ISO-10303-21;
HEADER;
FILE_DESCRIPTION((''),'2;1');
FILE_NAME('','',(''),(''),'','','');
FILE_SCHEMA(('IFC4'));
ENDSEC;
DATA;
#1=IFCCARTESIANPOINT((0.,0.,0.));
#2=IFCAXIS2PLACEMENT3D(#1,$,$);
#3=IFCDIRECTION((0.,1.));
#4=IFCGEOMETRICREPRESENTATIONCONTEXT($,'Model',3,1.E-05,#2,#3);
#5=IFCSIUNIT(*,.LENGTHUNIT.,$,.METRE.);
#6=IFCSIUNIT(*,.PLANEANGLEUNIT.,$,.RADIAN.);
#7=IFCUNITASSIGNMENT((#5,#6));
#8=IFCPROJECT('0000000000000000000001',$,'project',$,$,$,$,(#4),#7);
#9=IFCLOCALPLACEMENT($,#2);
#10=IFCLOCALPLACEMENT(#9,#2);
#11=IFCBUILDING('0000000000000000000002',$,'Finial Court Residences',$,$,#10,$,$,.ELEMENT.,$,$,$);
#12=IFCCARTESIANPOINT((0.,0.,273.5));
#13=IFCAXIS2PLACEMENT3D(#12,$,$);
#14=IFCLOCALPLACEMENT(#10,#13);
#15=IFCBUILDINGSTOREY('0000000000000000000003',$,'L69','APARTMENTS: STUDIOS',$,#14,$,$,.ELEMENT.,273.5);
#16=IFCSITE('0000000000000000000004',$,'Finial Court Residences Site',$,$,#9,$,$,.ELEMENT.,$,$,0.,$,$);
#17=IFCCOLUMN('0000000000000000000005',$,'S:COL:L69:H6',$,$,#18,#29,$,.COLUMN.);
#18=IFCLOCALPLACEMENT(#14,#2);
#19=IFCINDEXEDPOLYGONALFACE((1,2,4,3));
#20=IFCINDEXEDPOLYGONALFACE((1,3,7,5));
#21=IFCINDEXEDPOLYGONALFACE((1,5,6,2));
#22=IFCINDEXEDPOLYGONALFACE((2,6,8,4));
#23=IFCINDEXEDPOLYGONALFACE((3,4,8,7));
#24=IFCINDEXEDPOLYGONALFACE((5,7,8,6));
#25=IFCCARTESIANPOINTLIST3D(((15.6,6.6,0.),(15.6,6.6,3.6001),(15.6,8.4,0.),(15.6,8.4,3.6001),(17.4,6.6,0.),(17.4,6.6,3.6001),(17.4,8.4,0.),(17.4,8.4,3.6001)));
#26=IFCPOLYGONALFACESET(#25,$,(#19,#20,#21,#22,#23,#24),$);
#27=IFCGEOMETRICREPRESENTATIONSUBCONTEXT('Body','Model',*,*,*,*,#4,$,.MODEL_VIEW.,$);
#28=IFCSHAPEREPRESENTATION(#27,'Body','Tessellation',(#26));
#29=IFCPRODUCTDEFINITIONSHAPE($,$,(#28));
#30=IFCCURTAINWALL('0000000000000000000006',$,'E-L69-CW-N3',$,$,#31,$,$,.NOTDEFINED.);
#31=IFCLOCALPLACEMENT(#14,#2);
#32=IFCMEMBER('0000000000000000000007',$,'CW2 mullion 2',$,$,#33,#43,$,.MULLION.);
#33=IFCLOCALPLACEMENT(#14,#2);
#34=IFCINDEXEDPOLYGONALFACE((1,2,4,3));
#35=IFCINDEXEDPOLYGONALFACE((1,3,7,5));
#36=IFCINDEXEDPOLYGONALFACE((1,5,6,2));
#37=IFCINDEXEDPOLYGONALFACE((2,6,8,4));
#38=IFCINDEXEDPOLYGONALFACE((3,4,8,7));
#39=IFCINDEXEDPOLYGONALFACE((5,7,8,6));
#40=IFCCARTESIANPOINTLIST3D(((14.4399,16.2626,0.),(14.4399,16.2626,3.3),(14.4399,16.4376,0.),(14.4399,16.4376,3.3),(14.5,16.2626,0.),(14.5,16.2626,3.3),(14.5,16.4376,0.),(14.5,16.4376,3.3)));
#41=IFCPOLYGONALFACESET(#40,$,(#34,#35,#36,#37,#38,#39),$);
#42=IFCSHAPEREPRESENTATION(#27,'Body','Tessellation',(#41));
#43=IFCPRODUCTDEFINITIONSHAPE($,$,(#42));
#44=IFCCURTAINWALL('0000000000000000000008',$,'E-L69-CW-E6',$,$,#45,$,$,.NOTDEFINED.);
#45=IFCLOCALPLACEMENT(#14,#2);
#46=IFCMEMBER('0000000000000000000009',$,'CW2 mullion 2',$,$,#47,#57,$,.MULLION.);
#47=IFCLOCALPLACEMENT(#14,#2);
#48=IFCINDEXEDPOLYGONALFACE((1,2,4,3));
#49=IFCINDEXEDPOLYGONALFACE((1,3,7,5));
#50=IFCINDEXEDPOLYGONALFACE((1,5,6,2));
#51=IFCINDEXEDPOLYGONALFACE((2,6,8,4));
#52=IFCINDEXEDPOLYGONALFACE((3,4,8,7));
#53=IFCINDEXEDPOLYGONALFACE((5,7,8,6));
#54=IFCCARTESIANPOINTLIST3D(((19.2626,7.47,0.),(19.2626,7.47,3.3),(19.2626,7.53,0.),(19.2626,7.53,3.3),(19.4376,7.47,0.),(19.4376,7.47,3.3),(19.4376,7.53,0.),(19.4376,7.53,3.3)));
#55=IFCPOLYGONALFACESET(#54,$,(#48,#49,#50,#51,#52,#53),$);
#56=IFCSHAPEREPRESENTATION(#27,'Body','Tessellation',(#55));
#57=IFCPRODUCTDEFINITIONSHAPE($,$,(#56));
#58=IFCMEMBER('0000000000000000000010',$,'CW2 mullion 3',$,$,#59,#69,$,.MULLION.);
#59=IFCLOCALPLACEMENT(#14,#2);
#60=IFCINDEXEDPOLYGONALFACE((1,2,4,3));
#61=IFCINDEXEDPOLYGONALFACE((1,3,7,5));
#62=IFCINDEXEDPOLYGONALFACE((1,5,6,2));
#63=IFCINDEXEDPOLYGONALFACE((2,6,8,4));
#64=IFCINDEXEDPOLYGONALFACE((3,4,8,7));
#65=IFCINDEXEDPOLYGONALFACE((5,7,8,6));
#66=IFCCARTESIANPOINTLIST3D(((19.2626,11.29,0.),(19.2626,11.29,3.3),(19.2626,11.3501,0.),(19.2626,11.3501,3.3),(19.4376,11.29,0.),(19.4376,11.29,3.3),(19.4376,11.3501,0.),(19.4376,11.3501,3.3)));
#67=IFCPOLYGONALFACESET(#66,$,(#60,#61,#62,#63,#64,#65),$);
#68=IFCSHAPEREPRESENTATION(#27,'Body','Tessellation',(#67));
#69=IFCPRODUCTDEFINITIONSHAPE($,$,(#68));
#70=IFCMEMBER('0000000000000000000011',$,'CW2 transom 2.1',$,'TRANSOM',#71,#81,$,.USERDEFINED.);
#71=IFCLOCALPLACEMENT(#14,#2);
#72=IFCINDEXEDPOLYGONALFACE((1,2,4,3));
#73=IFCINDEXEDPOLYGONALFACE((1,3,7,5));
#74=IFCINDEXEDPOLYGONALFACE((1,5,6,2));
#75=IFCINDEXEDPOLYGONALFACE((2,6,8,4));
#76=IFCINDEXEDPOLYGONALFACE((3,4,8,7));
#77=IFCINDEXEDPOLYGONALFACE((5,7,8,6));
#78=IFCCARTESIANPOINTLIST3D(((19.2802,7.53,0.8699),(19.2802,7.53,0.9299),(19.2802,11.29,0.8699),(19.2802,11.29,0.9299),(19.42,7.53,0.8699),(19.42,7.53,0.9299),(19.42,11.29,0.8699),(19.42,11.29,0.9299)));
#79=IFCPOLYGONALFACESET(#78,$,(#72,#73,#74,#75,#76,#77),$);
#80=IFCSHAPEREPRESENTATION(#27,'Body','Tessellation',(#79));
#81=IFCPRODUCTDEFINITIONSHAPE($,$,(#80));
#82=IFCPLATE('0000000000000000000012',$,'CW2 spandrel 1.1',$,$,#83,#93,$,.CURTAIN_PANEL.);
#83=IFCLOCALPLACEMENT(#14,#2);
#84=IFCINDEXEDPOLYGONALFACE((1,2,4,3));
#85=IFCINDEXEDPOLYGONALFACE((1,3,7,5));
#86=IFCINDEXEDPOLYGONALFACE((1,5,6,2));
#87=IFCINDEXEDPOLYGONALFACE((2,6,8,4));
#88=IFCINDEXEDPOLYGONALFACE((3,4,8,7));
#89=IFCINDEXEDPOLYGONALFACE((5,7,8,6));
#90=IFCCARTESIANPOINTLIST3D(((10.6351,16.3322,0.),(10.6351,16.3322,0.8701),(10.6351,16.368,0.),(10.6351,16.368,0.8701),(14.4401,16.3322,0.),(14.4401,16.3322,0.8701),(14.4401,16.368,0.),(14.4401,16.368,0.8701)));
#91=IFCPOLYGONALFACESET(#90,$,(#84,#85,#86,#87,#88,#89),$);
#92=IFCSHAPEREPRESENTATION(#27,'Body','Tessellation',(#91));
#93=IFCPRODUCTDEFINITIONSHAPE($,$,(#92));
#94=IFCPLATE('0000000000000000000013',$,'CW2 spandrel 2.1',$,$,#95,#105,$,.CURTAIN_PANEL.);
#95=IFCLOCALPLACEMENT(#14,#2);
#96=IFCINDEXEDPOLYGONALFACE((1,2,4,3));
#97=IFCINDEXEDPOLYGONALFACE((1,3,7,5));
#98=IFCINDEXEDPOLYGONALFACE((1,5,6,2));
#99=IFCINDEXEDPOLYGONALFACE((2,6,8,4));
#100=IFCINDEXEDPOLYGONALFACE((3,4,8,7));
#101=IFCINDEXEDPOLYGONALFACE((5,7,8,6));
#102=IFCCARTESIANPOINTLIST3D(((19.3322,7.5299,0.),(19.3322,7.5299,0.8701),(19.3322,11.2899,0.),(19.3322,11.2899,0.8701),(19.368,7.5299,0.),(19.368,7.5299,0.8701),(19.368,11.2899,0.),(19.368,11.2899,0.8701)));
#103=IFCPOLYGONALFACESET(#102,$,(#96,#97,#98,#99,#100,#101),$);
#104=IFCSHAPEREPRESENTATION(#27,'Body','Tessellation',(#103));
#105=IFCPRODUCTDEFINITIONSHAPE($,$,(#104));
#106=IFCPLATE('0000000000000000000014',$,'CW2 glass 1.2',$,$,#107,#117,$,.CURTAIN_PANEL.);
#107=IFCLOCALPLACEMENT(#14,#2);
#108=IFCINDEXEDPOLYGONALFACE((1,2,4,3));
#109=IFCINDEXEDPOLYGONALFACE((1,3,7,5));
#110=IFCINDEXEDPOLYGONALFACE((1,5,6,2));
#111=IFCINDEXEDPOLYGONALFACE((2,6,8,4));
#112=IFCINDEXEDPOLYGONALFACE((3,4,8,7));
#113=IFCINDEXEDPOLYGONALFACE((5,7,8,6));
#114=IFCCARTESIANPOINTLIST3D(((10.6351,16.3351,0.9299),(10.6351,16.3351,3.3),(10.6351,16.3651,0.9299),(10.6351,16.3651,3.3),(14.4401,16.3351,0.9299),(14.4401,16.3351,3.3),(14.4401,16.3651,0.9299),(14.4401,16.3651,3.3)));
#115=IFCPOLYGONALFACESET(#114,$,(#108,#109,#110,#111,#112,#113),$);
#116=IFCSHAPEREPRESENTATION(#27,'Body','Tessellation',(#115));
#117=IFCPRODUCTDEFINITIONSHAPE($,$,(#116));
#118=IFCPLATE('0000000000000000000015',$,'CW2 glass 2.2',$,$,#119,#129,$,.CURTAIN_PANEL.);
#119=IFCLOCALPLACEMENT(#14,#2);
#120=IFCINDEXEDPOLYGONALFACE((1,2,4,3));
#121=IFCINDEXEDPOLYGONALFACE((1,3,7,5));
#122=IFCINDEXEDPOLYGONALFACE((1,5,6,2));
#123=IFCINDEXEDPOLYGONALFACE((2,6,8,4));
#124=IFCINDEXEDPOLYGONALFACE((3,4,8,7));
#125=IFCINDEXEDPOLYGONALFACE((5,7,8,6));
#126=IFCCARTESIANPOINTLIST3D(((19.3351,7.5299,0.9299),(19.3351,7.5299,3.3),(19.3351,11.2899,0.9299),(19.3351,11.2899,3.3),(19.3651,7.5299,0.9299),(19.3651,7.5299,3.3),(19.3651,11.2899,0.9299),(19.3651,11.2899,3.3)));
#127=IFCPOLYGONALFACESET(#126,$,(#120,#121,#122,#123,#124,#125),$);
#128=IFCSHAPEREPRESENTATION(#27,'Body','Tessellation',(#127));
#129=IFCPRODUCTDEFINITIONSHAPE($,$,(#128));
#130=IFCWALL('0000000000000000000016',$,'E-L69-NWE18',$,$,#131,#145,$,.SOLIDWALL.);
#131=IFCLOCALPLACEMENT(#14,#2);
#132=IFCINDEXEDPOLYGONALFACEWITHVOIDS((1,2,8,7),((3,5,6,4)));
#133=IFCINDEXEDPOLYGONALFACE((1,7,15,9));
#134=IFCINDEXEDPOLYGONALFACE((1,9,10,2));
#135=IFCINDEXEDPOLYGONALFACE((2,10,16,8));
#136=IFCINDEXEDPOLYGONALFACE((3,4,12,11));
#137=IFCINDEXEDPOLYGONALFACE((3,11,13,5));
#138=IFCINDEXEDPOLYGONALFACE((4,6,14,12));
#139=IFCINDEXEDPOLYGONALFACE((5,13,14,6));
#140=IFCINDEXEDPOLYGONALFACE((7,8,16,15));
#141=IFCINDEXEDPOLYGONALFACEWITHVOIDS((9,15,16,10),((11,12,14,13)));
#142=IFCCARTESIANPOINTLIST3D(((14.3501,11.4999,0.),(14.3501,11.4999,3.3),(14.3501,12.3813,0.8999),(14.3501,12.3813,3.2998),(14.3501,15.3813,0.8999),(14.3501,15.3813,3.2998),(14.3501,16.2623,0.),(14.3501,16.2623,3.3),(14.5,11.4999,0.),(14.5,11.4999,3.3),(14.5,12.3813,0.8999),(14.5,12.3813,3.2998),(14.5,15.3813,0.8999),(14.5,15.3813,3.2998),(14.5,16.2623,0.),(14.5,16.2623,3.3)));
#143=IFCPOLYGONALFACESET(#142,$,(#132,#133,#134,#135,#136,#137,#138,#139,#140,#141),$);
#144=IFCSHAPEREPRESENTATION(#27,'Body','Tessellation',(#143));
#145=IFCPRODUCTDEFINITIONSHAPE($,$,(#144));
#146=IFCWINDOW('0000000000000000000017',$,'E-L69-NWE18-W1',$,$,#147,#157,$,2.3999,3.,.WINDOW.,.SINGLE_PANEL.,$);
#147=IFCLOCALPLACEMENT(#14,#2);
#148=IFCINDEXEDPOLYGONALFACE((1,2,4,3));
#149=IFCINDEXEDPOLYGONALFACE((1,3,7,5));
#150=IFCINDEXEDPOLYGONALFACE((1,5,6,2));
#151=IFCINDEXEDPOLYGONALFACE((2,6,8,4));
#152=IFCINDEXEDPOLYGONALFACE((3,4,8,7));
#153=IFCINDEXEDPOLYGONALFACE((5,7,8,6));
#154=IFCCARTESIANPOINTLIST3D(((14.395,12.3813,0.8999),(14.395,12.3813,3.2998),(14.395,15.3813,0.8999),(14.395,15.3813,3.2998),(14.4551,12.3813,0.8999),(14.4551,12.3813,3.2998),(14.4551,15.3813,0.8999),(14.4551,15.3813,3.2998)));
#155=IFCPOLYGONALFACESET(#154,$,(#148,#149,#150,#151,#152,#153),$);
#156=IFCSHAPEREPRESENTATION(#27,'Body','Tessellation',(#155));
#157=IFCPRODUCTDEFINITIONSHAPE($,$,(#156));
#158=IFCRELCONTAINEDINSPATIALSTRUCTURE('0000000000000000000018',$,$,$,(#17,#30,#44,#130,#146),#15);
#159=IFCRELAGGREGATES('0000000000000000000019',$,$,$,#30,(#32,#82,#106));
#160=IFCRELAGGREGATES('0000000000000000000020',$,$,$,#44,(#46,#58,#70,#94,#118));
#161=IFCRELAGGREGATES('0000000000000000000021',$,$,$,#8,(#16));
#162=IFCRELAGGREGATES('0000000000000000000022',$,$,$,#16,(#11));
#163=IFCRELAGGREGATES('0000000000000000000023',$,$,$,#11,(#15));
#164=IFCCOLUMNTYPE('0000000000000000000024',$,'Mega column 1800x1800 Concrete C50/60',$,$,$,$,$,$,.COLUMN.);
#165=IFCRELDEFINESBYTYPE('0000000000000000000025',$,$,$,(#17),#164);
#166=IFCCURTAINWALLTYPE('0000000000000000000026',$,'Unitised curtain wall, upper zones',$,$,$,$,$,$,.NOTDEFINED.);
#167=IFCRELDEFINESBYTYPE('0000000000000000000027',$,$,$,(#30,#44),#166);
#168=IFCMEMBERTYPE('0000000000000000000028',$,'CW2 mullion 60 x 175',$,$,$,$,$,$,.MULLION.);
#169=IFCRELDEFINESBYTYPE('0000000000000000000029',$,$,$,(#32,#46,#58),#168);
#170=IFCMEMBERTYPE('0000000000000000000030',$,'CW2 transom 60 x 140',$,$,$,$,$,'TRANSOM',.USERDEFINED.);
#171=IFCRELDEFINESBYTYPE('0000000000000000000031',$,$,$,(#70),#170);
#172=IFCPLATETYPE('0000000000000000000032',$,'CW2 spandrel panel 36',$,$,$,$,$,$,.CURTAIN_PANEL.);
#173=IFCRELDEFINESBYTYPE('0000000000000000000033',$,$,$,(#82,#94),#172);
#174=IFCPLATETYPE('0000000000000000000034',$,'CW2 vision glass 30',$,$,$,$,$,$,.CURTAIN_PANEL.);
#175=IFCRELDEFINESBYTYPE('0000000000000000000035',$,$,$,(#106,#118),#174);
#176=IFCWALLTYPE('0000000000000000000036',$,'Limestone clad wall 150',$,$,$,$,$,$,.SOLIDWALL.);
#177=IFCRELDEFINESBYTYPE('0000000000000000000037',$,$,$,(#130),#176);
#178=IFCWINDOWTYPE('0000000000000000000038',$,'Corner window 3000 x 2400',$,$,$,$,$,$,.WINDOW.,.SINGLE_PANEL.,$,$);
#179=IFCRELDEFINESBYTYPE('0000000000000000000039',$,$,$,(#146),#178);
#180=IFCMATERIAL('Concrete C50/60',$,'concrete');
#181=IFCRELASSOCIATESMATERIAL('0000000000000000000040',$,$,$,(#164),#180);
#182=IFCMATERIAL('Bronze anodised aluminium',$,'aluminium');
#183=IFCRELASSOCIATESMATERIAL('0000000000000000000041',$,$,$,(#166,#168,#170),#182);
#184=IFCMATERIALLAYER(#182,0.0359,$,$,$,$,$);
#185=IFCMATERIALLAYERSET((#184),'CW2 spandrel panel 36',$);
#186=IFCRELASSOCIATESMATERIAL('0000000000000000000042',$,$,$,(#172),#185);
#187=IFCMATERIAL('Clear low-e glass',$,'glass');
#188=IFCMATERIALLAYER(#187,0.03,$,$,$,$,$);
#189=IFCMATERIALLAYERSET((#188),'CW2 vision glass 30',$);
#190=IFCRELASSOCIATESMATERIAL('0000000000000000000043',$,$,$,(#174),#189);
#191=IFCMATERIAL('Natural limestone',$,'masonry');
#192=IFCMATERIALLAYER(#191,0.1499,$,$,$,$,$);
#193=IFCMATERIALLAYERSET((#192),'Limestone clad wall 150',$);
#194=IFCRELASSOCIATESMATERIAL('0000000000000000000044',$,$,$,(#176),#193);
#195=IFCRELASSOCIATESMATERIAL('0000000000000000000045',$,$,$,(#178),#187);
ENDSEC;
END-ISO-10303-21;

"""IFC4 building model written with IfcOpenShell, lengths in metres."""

from ifc_helpers import new_model, si_unit, direction, frame, frame_2d, origin, origin_2d, place, context, subcontext, project, spatial, rectangle, extrude, material, layer, layer_set, material_profile, profile_set, type_object, element, fill, aggregate, save


model = new_model("IFC4")

# Units and contexts
model_context = context("Model", 3, precision=1e-05, world=origin(), true_north=direction((0.0, 1.0)))
body_context = subcontext(model_context, "Body", "Model", "MODEL_VIEW")
ifc_project = project(units=[si_unit("LENGTHUNIT", "METRE"), si_unit("PLANEANGLEUNIT", "RADIAN")], contexts=[model_context])

# Site, building, storey
site_placement = place(None, origin())
site = spatial("IfcSite", under=ifc_project, at=site_placement, Name="Finial Court Residences Site", CompositionType="ELEMENT", RefElevation=0.0)
building_placement = place(site_placement, origin())
building = spatial("IfcBuilding", under=site, at=building_placement, Name="Finial Court Residences", CompositionType="ELEMENT")
storey_placement = place(building_placement, frame((0.0, 0.0, 273.5)))
storey = spatial("IfcBuildingStorey", under=building, at=storey_placement, Name="L69", Description="APARTMENTS: STUDIOS", CompositionType="ELEMENT", Elevation=273.5)

# Column
ifc_material_1 = material(Name="Concrete C50/60", Category="concrete")
ifc_material_profile_1 = material_profile(ifc_material_1, rectangle(XDim=1.8, YDim=1.8, at=origin_2d()), Name="1800x1800")
ifc_profile_set_1 = profile_set([ifc_material_profile_1], Name="Concrete C50/60")
column_type = type_object("IfcColumnType", Name="Mega column 1800x1800 Concrete C50/60", PredefinedType="COLUMN", material=ifc_profile_set_1)
column_placement = place(storey_placement, frame((16.5, 7.5, 0.0), z_axis=(0.0, 0.0, 1.0), x_axis=(1.0, 0.0, 0.0)))
element("IfcColumn", 1, at=column_placement, inside=storey, type_object=column_type, Name="S:COL:L69:H6", PredefinedType="COLUMN", context=body_context, shape_type="SweptSolid", body=[
    extrude(rectangle(XDim=1.8, YDim=1.8, at=origin_2d()), origin(), (0.0, 0.0, 1.0), 3.6001),
])

# Curtain wall, member
ifc_material_2 = material(Name="Bronze anodised aluminium", Category="aluminium")
curtain_wall_type = type_object("IfcCurtainWallType", Name="Unitised curtain wall, upper zones", PredefinedType="NOTDEFINED", material=ifc_material_2)
curtain_wall_1_placement = place(storey_placement, origin())
curtain_wall_1 = element("IfcCurtainWall", 2, at=curtain_wall_1_placement, inside=storey, type_object=curtain_wall_type, Name="E-L69-CW-N3", PredefinedType="NOTDEFINED")
ifc_material_profile_2 = material_profile(ifc_material_2, rectangle(XDim=0.175, YDim=0.0601, at=origin_2d()), Name="CW2 mullion 60 x 175")
ifc_profile_set_2 = profile_set([ifc_material_profile_2], Name="Bronze anodised aluminium")
member_type_1 = type_object("IfcMemberType", Name="CW2 mullion 60 x 175", PredefinedType="MULLION", material=ifc_profile_set_2)
member_1_placement = place(storey_placement, frame((14.47, 16.3501, 0.0), z_axis=(0.0, 0.0, 1.0), x_axis=(0.0, 1.0, 0.0)))
member_1 = element("IfcMember", 3, at=member_1_placement, type_object=member_type_1, Name="CW2 mullion 2", PredefinedType="MULLION", context=body_context, shape_type="SweptSolid", body=[
    extrude(rectangle(XDim=0.175, YDim=0.0601, at=origin_2d()), origin(), (0.0, 0.0, 1.0), 3.3),
])

# Curtain wall, members
curtain_wall_2_placement = place(storey_placement, origin())
curtain_wall_2 = element("IfcCurtainWall", 4, at=curtain_wall_2_placement, inside=storey, type_object=curtain_wall_type, Name="E-L69-CW-E6", PredefinedType="NOTDEFINED")
member_2_placement = place(storey_placement, frame((19.3501, 7.5, 0.0), z_axis=(0.0, 0.0, 1.0), x_axis=(-1.0, 0.0, 0.0)))
member_2 = element("IfcMember", 5, at=member_2_placement, type_object=member_type_1, Name="CW2 mullion 2", PredefinedType="MULLION", context=body_context, shape_type="SweptSolid", body=[
    extrude(rectangle(XDim=0.175, YDim=0.0601, at=origin_2d()), origin(), (0.0, 0.0, 1.0), 3.3),
])
member_3_placement = place(storey_placement, frame((19.3501, 11.3201, 0.0), z_axis=(0.0, 0.0, 1.0), x_axis=(-1.0, 0.0, 0.0)))
member_3 = element("IfcMember", 6, at=member_3_placement, type_object=member_type_1, Name="CW2 mullion 3", PredefinedType="MULLION", context=body_context, shape_type="SweptSolid", body=[
    extrude(rectangle(XDim=0.175, YDim=0.0601, at=origin_2d()), origin(), (0.0, 0.0, 1.0), 3.3),
])
ifc_material_profile_3 = material_profile(ifc_material_2, rectangle(XDim=0.1399, YDim=0.0601, at=origin_2d()), Name="CW2 transom 60 x 140")
ifc_profile_set_3 = profile_set([ifc_material_profile_3], Name="Bronze anodised aluminium")
member_type_2 = type_object("IfcMemberType", Name="CW2 transom 60 x 140", ElementType="TRANSOM", PredefinedType="USERDEFINED", material=ifc_profile_set_3)
member_4_placement = place(storey_placement, frame((19.3501, 7.53, 0.8999), z_axis=(0.0, 1.0, 0.0), x_axis=(-1.0, 0.0, 0.0)))
member_4 = element("IfcMember", 7, at=member_4_placement, type_object=member_type_2, Name="CW2 transom 2.1", ObjectType="TRANSOM", PredefinedType="USERDEFINED", context=body_context, shape_type="SweptSolid", body=[
    extrude(rectangle(XDim=0.1399, YDim=0.0601, at=origin_2d()), origin(), (0.0, 0.0, 1.0), 3.76),
])

# Plates
ifc_layer_1 = layer(ifc_material_2, 0.0359)
ifc_layer_set_1 = layer_set([ifc_layer_1], Name="CW2 spandrel panel 36")
plate_type_1 = type_object("IfcPlateType", Name="CW2 spandrel panel 36", PredefinedType="CURTAIN_PANEL", material=ifc_layer_set_1)
plate_1_placement = place(storey_placement, frame((12.5376, 16.3501, 0.0), z_axis=(0.0, 0.0, 1.0), x_axis=(1.0, 0.0, 0.0)))
plate_1 = element("IfcPlate", 8, at=plate_1_placement, type_object=plate_type_1, Name="CW2 spandrel 1.1", PredefinedType="CURTAIN_PANEL", context=body_context, shape_type="SweptSolid", body=[
    extrude(rectangle(XDim=3.8049, YDim=0.0359, at=origin_2d()), origin(), (0.0, 0.0, 1.0), 0.8701),
])
plate_2_placement = place(storey_placement, frame((19.3501, 9.4099, 0.0), z_axis=(0.0, 0.0, 1.0), x_axis=(0.0, 1.0, 0.0)))
plate_2 = element("IfcPlate", 9, at=plate_2_placement, type_object=plate_type_1, Name="CW2 spandrel 2.1", PredefinedType="CURTAIN_PANEL", context=body_context, shape_type="SweptSolid", body=[
    extrude(rectangle(XDim=3.76, YDim=0.0359, at=origin_2d()), origin(), (0.0, 0.0, 1.0), 0.8701),
])
ifc_material_3 = material(Name="Clear low-e glass", Category="glass")
ifc_layer_2 = layer(ifc_material_3, 0.03)
ifc_layer_set_2 = layer_set([ifc_layer_2], Name="CW2 vision glass 30")
plate_type_2 = type_object("IfcPlateType", Name="CW2 vision glass 30", PredefinedType="CURTAIN_PANEL", material=ifc_layer_set_2)
plate_3_placement = place(storey_placement, frame((12.5376, 16.3501, 0.9299), z_axis=(0.0, 0.0, 1.0), x_axis=(1.0, 0.0, 0.0)))
plate_3 = element("IfcPlate", 10, at=plate_3_placement, type_object=plate_type_2, Name="CW2 glass 1.2", PredefinedType="CURTAIN_PANEL", context=body_context, shape_type="SweptSolid", body=[
    extrude(rectangle(XDim=3.8049, YDim=0.03, at=origin_2d()), origin(), (0.0, 0.0, 1.0), 2.3701),
])
aggregate(curtain_wall_1, [member_1, plate_1, plate_3])
plate_4_placement = place(storey_placement, frame((19.3501, 9.4099, 0.9299), z_axis=(0.0, 0.0, 1.0), x_axis=(0.0, 1.0, 0.0)))
plate_4 = element("IfcPlate", 11, at=plate_4_placement, type_object=plate_type_2, Name="CW2 glass 2.2", PredefinedType="CURTAIN_PANEL", context=body_context, shape_type="SweptSolid", body=[
    extrude(rectangle(XDim=3.76, YDim=0.03, at=origin_2d()), origin(), (0.0, 0.0, 1.0), 2.3701),
])
aggregate(curtain_wall_2, [member_2, member_3, member_4, plate_2, plate_4])

# Wall, opening, window
ifc_material_4 = material(Name="Natural limestone", Category="masonry")
ifc_layer_3 = layer(ifc_material_4, 0.1499)
ifc_layer_set_3 = layer_set([ifc_layer_3], Name="Limestone clad wall 150")
wall_type = type_object("IfcWallType", Name="Limestone clad wall 150", PredefinedType="SOLIDWALL", material=ifc_layer_set_3)
wall_1_placement = place(storey_placement, frame((14.425, 16.2625, 0.0), z_axis=(0.0, 0.0, 1.0), x_axis=(0.0, -1.0, 0.0)))
wall_1 = element("IfcWall", 12, at=wall_1_placement, inside=storey, type_object=wall_type, Name="E-L69-NWE18", PredefinedType="SOLIDWALL", context=body_context, shape_type="SweptSolid", body=[
    extrude(rectangle(XDim=4.7625, YDim=0.1499, at=frame_2d((2.3813, 0.0))), origin(), (0.0, 0.0, 1.0), 3.3),
])
opening_1_placement = place(wall_1_placement, frame((0.8811, 0.0, 0.8999)))
opening_1 = element("IfcOpeningElement", 13, at=opening_1_placement, cuts=wall_1, PredefinedType="OPENING", context=body_context, shape_type="SweptSolid", body=[
    extrude(rectangle(XDim=3.0, YDim=2.3999, at=frame_2d((1.5, 1.2))), frame((0.0, 0.085, 0.0), z_axis=(0.0, -1.0, 0.0), x_axis=(1.0, 0.0, 0.0)), (0.0, 0.0, 1.0), 0.1699),
])
window_type_1 = type_object("IfcWindowType", Name="Corner window 3000 x 2400", PartitioningType="SINGLE_PANEL", PredefinedType="WINDOW", material=ifc_material_3)
window_1_placement = place(opening_1_placement, origin())
window_1 = element("IfcWindow", 14, at=window_1_placement, inside=storey, type_object=window_type_1, Name="E-L69-NWE18-W1", OverallHeight=2.3999, OverallWidth=3.0, PartitioningType="SINGLE_PANEL", PredefinedType="WINDOW", context=body_context, shape_type="SweptSolid", body=[
    extrude(rectangle(XDim=3.0, YDim=2.3999, at=frame_2d((1.5, 1.2))), frame((0.0, 0.03, 0.0), z_axis=(0.0, -1.0, 0.0), x_axis=(1.0, 0.0, 0.0)), (0.0, 0.0, 1.0), 0.0601),
])
fill(opening_1, window_1)

save(model, "model.ifc")
